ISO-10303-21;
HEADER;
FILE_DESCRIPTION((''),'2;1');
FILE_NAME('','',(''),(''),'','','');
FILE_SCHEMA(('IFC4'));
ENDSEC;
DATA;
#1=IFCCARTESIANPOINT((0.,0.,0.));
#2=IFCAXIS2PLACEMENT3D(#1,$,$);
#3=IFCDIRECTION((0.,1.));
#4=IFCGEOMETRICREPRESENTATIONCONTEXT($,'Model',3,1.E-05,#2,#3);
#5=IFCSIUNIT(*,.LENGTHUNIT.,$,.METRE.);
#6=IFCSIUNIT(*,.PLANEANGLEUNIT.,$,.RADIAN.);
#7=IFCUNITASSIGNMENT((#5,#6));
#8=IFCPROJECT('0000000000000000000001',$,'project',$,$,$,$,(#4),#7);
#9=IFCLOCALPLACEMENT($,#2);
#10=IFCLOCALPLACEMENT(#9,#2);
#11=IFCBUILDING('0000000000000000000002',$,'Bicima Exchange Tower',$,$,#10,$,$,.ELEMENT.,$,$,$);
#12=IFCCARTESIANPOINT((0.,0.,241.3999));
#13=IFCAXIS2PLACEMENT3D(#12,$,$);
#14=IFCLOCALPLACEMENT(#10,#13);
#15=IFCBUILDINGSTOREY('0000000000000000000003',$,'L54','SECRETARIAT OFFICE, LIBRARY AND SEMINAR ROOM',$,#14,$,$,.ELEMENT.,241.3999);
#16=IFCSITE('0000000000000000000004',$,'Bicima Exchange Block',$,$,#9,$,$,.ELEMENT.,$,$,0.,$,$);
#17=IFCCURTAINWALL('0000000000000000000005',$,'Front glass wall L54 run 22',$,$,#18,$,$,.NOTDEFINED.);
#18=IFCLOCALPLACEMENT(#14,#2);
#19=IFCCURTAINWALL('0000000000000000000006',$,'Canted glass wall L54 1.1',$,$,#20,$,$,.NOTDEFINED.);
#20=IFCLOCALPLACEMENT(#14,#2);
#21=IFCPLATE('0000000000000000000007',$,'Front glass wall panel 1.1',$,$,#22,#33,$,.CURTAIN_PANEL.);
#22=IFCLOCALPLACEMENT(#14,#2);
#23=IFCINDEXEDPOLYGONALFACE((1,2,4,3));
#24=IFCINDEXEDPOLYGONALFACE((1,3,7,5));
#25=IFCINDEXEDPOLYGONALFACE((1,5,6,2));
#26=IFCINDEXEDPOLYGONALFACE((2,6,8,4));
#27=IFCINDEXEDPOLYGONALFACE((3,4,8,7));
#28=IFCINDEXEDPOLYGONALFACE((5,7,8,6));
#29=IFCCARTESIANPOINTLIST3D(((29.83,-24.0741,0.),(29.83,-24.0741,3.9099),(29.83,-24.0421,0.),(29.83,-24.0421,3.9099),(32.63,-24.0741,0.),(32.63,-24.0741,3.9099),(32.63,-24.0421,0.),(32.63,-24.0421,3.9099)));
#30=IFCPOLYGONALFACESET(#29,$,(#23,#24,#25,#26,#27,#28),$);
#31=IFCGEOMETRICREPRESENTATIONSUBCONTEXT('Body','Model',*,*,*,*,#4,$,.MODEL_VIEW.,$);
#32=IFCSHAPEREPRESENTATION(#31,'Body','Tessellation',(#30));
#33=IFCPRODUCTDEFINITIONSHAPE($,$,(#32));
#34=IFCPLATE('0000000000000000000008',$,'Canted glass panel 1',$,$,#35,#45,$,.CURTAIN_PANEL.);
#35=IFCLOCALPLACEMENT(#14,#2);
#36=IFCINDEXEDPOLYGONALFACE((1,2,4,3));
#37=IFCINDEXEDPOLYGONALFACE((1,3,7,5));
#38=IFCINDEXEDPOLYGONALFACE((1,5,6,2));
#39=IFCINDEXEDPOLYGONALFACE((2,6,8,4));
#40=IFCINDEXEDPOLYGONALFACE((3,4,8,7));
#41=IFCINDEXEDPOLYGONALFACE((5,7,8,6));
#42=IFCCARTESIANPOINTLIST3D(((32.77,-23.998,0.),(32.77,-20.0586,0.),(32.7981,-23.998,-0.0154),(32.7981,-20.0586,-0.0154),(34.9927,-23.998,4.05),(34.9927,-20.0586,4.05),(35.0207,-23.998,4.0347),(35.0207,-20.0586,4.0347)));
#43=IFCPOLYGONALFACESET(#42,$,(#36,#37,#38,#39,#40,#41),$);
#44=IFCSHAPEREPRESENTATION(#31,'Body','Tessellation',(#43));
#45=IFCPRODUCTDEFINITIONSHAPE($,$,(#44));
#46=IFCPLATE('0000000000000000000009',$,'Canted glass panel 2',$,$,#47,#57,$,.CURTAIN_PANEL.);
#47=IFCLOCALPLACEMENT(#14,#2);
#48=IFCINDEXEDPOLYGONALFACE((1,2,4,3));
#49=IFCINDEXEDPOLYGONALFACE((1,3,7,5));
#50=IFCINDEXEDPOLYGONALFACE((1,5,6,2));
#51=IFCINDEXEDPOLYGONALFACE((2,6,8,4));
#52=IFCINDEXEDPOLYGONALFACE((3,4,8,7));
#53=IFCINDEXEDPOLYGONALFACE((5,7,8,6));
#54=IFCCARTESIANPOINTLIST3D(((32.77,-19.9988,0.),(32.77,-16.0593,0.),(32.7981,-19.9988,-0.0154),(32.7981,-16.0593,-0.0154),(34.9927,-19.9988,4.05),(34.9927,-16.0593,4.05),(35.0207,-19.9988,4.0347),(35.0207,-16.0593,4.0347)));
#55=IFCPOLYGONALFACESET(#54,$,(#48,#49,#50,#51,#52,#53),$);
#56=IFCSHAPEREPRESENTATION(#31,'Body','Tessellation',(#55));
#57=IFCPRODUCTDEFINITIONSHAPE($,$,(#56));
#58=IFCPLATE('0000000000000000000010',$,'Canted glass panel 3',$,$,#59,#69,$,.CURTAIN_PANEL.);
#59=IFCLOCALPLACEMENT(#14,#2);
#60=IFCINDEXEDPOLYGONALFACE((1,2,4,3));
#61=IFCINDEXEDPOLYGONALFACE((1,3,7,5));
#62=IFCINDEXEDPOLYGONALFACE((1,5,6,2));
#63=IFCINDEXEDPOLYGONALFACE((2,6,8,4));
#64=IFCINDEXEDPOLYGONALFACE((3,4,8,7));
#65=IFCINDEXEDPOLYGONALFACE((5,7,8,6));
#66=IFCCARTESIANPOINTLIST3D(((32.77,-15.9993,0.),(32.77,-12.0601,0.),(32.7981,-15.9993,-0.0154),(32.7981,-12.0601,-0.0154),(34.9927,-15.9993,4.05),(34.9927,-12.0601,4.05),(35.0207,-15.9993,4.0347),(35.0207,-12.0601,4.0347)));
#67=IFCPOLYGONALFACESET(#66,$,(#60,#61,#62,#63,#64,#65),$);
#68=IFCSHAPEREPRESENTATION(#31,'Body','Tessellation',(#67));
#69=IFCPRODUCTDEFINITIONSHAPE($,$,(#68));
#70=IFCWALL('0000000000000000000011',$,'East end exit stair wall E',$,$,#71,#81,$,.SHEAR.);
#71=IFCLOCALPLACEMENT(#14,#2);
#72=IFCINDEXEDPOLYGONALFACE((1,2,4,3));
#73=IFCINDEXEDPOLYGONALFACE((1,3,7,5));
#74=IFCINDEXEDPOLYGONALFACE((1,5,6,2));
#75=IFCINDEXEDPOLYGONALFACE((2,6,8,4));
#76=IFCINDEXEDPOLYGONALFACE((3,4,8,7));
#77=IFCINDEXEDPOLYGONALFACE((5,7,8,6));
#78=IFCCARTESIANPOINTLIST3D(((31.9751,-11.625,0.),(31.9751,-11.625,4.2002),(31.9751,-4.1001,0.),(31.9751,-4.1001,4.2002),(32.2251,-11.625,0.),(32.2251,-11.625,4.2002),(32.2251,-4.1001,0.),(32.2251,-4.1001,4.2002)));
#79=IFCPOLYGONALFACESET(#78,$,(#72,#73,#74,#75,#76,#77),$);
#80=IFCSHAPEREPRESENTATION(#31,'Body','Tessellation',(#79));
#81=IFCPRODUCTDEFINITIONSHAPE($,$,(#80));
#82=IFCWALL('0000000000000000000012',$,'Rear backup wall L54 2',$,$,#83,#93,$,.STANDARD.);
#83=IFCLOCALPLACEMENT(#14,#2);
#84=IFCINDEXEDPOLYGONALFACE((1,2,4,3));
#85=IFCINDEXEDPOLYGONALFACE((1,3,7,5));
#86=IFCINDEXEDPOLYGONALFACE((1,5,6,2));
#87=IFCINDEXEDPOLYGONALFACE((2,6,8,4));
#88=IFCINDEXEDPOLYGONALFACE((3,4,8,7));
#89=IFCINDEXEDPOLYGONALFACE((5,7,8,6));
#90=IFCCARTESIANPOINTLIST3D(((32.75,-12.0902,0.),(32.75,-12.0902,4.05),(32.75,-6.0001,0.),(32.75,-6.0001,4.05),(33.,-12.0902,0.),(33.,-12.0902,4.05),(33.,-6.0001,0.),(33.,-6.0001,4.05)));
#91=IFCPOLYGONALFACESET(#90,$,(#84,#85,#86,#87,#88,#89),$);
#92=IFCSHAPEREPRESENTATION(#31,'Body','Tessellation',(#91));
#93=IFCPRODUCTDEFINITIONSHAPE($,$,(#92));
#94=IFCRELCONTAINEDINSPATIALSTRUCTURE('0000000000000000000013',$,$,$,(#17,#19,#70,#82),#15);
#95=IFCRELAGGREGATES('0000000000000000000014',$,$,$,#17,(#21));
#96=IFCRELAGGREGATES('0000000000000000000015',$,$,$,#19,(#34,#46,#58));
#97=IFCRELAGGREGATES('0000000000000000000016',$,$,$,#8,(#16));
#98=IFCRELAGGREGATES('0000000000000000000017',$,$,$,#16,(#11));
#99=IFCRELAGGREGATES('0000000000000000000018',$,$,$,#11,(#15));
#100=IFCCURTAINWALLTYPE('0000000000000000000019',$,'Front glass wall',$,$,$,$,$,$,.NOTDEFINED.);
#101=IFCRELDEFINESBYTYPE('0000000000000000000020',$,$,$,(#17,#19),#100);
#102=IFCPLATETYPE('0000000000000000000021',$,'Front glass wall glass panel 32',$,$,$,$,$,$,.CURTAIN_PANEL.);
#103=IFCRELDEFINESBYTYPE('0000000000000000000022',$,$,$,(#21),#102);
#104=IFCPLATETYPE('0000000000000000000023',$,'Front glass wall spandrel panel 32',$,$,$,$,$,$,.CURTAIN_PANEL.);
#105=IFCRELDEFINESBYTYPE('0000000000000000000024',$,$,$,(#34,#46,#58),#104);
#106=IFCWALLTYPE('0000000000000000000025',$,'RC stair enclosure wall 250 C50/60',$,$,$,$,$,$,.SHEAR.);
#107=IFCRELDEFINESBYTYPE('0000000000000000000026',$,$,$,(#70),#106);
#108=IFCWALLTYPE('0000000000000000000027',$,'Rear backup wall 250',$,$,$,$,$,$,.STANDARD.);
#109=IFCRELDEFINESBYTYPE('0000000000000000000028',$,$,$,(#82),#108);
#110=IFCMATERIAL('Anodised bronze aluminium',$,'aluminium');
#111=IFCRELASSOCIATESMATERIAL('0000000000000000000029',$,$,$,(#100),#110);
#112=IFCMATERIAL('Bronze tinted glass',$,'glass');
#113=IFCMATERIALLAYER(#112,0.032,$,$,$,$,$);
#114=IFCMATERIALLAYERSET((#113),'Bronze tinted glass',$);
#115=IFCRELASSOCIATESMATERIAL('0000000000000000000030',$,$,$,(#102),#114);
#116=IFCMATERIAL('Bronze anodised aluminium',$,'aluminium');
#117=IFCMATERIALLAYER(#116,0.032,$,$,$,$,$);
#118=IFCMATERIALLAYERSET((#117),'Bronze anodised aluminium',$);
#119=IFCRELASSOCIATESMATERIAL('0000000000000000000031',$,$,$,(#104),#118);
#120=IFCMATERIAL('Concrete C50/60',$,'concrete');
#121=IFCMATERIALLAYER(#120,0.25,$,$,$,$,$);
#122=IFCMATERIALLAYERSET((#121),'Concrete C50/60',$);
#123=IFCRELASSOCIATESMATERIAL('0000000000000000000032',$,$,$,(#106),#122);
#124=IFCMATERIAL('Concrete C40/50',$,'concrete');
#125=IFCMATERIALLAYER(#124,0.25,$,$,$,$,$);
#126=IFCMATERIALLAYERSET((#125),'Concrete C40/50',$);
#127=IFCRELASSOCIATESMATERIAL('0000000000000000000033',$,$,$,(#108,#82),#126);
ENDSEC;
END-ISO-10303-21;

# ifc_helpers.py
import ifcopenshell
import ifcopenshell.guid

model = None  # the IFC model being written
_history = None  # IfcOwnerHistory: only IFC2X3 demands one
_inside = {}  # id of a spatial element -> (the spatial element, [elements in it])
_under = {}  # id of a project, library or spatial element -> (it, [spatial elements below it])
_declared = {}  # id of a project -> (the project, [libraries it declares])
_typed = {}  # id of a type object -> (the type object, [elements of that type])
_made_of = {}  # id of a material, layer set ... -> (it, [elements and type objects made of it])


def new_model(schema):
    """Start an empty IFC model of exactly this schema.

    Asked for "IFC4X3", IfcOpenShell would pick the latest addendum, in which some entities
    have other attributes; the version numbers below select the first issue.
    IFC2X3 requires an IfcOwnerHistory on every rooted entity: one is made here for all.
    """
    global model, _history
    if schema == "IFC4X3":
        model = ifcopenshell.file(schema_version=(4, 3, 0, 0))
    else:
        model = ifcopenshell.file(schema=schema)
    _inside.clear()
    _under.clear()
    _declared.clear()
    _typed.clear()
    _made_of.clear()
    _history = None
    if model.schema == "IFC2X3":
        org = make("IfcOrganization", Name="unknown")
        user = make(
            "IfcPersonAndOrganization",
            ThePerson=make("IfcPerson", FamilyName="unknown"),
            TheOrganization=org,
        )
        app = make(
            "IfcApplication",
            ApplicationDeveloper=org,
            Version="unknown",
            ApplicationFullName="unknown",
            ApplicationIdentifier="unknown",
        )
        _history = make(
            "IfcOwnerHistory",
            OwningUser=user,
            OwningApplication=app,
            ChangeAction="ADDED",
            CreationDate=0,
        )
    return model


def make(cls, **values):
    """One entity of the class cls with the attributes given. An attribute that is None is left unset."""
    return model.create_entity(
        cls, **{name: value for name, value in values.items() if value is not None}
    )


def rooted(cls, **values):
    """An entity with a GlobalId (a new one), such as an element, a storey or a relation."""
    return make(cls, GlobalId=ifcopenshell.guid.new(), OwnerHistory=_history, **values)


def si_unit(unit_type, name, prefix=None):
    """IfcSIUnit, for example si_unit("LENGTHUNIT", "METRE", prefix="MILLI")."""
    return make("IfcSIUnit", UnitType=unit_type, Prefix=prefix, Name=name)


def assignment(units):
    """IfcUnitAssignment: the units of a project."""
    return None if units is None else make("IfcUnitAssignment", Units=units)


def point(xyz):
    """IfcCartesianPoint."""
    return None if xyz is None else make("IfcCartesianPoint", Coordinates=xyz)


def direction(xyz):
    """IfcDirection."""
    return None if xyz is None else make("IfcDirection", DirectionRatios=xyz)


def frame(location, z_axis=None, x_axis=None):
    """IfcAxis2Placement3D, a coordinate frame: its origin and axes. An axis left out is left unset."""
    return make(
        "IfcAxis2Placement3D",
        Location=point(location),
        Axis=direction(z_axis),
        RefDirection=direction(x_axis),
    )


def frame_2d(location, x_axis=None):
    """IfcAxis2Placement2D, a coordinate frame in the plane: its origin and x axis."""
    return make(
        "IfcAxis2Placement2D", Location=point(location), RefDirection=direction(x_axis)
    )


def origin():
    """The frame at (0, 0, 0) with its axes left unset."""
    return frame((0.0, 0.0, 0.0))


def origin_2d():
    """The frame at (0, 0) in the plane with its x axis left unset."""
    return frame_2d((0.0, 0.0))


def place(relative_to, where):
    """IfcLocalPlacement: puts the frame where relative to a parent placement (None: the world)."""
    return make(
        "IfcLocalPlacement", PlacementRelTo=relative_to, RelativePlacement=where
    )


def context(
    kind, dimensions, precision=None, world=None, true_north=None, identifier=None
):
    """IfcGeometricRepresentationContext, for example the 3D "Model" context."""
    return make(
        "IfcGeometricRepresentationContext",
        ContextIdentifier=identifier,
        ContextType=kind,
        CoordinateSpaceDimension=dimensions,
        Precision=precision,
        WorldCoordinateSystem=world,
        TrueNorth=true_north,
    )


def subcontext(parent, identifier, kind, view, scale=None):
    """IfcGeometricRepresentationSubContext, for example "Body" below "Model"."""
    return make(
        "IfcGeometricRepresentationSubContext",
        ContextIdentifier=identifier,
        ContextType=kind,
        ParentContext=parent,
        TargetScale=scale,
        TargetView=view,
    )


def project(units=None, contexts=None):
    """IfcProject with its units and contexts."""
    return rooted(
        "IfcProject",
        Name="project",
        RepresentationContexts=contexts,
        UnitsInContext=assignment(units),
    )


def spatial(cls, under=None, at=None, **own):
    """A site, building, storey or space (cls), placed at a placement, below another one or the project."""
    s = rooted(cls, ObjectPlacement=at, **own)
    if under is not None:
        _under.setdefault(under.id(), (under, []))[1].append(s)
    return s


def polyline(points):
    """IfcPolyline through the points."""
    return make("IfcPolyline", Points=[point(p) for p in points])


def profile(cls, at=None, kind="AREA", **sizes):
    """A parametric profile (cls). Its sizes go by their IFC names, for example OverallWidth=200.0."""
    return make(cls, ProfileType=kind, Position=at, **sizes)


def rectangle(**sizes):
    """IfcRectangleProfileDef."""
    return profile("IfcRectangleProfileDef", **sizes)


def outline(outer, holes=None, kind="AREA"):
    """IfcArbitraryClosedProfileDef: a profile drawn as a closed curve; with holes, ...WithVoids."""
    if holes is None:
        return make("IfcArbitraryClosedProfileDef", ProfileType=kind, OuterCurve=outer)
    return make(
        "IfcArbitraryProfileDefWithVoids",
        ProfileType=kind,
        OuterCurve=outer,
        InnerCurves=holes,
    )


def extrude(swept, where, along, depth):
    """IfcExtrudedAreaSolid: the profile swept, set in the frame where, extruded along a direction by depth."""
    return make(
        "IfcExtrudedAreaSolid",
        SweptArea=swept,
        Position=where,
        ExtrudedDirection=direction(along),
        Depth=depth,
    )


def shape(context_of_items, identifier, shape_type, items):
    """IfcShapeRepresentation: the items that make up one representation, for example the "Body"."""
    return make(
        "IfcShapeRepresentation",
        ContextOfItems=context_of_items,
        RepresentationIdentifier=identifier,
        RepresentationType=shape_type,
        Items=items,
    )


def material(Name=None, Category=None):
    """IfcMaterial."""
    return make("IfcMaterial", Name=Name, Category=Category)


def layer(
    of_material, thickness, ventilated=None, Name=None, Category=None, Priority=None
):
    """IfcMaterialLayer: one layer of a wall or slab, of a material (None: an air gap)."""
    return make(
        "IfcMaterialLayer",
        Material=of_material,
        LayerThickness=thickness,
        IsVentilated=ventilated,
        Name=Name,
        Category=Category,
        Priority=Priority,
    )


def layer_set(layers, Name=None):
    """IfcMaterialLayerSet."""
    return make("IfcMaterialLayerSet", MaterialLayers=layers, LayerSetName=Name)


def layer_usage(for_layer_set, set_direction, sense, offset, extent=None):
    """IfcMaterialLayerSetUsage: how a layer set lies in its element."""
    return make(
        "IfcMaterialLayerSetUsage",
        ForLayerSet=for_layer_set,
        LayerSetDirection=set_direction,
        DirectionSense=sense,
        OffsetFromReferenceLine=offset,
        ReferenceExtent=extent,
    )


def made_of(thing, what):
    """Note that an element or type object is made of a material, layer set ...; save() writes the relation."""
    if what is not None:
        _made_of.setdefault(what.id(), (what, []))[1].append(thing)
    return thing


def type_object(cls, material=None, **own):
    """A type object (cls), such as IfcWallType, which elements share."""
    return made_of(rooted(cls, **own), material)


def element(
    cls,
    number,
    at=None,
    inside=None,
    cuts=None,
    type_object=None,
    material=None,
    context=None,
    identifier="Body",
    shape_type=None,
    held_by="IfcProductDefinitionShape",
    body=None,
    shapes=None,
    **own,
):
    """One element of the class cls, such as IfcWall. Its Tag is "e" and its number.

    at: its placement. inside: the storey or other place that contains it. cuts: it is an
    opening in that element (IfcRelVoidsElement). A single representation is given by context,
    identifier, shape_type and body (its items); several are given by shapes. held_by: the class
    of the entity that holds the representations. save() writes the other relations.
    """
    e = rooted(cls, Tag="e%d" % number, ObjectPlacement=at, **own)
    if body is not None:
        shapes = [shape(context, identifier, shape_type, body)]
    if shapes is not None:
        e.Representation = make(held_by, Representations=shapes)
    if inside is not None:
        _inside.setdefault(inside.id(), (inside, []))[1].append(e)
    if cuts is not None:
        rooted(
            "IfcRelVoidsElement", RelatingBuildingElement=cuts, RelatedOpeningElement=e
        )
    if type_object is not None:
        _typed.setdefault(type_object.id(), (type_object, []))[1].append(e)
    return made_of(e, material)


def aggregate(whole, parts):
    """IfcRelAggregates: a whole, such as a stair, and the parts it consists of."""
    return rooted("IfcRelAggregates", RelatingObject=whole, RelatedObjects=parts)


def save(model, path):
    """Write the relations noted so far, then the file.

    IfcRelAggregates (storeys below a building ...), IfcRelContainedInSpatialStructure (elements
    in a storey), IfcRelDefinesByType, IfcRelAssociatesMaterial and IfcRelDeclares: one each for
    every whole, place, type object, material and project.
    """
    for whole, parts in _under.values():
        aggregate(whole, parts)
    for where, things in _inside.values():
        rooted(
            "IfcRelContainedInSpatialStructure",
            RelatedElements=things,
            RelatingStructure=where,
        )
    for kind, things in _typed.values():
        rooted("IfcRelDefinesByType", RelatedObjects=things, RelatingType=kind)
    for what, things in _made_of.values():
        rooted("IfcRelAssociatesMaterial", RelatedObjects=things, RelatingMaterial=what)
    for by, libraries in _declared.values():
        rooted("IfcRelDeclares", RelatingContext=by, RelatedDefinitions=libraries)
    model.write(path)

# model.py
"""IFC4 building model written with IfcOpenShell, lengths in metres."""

from ifc_helpers import new_model, si_unit, direction, frame, frame_2d, origin, origin_2d, place, context, subcontext, project, spatial, polyline, rectangle, outline, extrude, material, layer, layer_set, layer_usage, type_object, element, aggregate, save


model = new_model("IFC4")

# Units and contexts
model_context = context("Model", 3, precision=1e-05, world=origin(), true_north=direction((0.0, 1.0)))
body_context = subcontext(model_context, "Body", "Model", "MODEL_VIEW")
ifc_project = project(units=[si_unit("LENGTHUNIT", "METRE"), si_unit("PLANEANGLEUNIT", "RADIAN")], contexts=[model_context])

# Site, building, storey
site_placement = place(None, origin())
site = spatial("IfcSite", under=ifc_project, at=site_placement, Name="Bicima Exchange Block", CompositionType="ELEMENT", RefElevation=0.0)
building_placement = place(site_placement, origin())
building = spatial("IfcBuilding", under=site, at=building_placement, Name="Bicima Exchange Tower", CompositionType="ELEMENT")
storey_placement = place(building_placement, frame((0.0, 0.0, 241.3999)))
storey = spatial("IfcBuildingStorey", under=building, at=storey_placement, Name="L54", Description="SECRETARIAT OFFICE, LIBRARY AND SEMINAR ROOM", CompositionType="ELEMENT", Elevation=241.3999)

# Shared definitions
ifc_material_1 = material(Name="Anodised bronze aluminium", Category="aluminium")
curtain_wall_type_1 = type_object("IfcCurtainWallType", Name="Front glass wall", PredefinedType="NOTDEFINED", material=ifc_material_1)

# Curtain walls
curtain_wall_1_placement = place(storey_placement, origin())
curtain_wall_1 = element("IfcCurtainWall", 1, at=curtain_wall_1_placement, inside=storey, type_object=curtain_wall_type_1, Name="Front glass wall L54 run 22", PredefinedType="NOTDEFINED")
curtain_wall_2_placement = place(storey_placement, origin())
curtain_wall_2 = element("IfcCurtainWall", 2, at=curtain_wall_2_placement, inside=storey, type_object=curtain_wall_type_1, Name="Canted glass wall L54 1.1", PredefinedType="NOTDEFINED")

# Plates
ifc_material_2 = material(Name="Bronze tinted glass", Category="glass")
ifc_layer_1 = layer(ifc_material_2, 0.032)
ifc_layer_set_1 = layer_set([ifc_layer_1], Name="Bronze tinted glass")
plate_type_1 = type_object("IfcPlateType", Name="Front glass wall glass panel 32", PredefinedType="CURTAIN_PANEL", material=ifc_layer_set_1)
plate_1_placement = place(storey_placement, frame((31.23, -24.0581, 0.0), z_axis=(0.0, 0.0, 1.0), x_axis=(1.0, 0.0, 0.0)))
plate_1 = element("IfcPlate", 3, at=plate_1_placement, type_object=plate_type_1, Name="Front glass wall panel 1.1", PredefinedType="CURTAIN_PANEL", context=body_context, shape_type="SweptSolid", body=[
    extrude(rectangle(XDim=2.8, YDim=0.032, at=origin_2d()), origin(), (0.0, 0.0, 1.0), 3.9099),
])
aggregate(curtain_wall_1, [plate_1])
ifc_material_3 = material(Name="Bronze anodised aluminium", Category="aluminium")
ifc_layer_2 = layer(ifc_material_3, 0.032)
ifc_layer_set_2 = layer_set([ifc_layer_2], Name="Bronze anodised aluminium")
plate_type_2 = type_object("IfcPlateType", Name="Front glass wall spandrel panel 32", PredefinedType="CURTAIN_PANEL", material=ifc_layer_set_2)
plate_2_placement = place(storey_placement, frame((32.77, -23.998, 0.0), z_axis=(-0.876661, 0.0, 0.481109), x_axis=(0.0, 1.0, 0.0)))
plate_2 = element("IfcPlate", 4, at=plate_2_placement, type_object=plate_type_2, Name="Canted glass panel 1", PredefinedType="CURTAIN_PANEL", context=body_context, shape_type="SweptSolid", body=[
    extrude(outline(polyline([(0.0, 0.0), (3.9395, 0.0), (3.9395, -4.6199), (0.0, -4.6199), (0.0, 0.0)])), origin(), (0.0, 0.0, -1.0), 0.032),
])
plate_3_placement = place(storey_placement, frame((32.77, -19.9988, 0.0), z_axis=(-0.876661, 0.0, 0.481109), x_axis=(0.0, 1.0, 0.0)))
plate_3 = element("IfcPlate", 5, at=plate_3_placement, type_object=plate_type_2, Name="Canted glass panel 2", PredefinedType="CURTAIN_PANEL", context=body_context, shape_type="SweptSolid", body=[
    extrude(outline(polyline([(0.0, 0.0), (3.9395, 0.0), (3.9395, -4.6199), (0.0, -4.6199), (0.0, 0.0)])), origin(), (0.0, 0.0, -1.0), 0.032),
])
plate_4_placement = place(storey_placement, frame((32.77, -15.9993, 0.0), z_axis=(-0.876661, 0.0, 0.481109), x_axis=(0.0, 1.0, 0.0)))
plate_4 = element("IfcPlate", 6, at=plate_4_placement, type_object=plate_type_2, Name="Canted glass panel 3", PredefinedType="CURTAIN_PANEL", context=body_context, shape_type="SweptSolid", body=[
    extrude(outline(polyline([(0.0, 0.0), (3.9392, 0.0), (3.9392, -4.6199), (0.0, -4.6199), (0.0, 0.0)])), origin(), (0.0, 0.0, -1.0), 0.032),
])
aggregate(curtain_wall_2, [plate_2, plate_3, plate_4])

# Walls
ifc_material_4 = material(Name="Concrete C50/60", Category="concrete")
ifc_layer_3 = layer(ifc_material_4, 0.25)
ifc_layer_set_3 = layer_set([ifc_layer_3], Name="Concrete C50/60")
wall_type_1 = type_object("IfcWallType", Name="RC stair enclosure wall 250 C50/60", PredefinedType="SHEAR", material=ifc_layer_set_3)
wall_1_placement = place(storey_placement, frame((32.1001, -11.625, 0.0), z_axis=(0.0, 0.0, 1.0), x_axis=(0.0, 1.0, 0.0)))
element("IfcWall", 7, at=wall_1_placement, inside=storey, type_object=wall_type_1, Name="East end exit stair wall E", PredefinedType="SHEAR", context=body_context, shape_type="SweptSolid", body=[
    extrude(rectangle(XDim=7.5249, YDim=0.25, at=frame_2d((3.7625, 0.0))), origin(), (0.0, 0.0, 1.0), 4.2002),
])
ifc_material_5 = material(Name="Concrete C40/50", Category="concrete")
ifc_layer_4 = layer(ifc_material_5, 0.25)
ifc_layer_set_4 = layer_set([ifc_layer_4], Name="Concrete C40/50")
ifc_layer_usage = layer_usage(ifc_layer_set_4, "AXIS2", "POSITIVE", -0.125)
wall_type_2 = type_object("IfcWallType", Name="Rear backup wall 250", PredefinedType="STANDARD", material=ifc_layer_set_4)
wall_2_placement = place(storey_placement, frame((32.875, -12.0901, 0.0), z_axis=(0.0, 0.0, 1.0), x_axis=(0.0, 1.0, 0.0)))
element("IfcWall", 8, at=wall_2_placement, inside=storey, type_object=wall_type_2, material=ifc_layer_usage, Name="Rear backup wall L54 2", PredefinedType="STANDARD", context=body_context, shape_type="SweptSolid", body=[
    extrude(rectangle(XDim=6.0901, YDim=0.25, at=frame_2d((3.0449, 0.0))), origin(), (0.0, 0.0, 1.0), 4.05),
])

save(model, "model.ifc")
